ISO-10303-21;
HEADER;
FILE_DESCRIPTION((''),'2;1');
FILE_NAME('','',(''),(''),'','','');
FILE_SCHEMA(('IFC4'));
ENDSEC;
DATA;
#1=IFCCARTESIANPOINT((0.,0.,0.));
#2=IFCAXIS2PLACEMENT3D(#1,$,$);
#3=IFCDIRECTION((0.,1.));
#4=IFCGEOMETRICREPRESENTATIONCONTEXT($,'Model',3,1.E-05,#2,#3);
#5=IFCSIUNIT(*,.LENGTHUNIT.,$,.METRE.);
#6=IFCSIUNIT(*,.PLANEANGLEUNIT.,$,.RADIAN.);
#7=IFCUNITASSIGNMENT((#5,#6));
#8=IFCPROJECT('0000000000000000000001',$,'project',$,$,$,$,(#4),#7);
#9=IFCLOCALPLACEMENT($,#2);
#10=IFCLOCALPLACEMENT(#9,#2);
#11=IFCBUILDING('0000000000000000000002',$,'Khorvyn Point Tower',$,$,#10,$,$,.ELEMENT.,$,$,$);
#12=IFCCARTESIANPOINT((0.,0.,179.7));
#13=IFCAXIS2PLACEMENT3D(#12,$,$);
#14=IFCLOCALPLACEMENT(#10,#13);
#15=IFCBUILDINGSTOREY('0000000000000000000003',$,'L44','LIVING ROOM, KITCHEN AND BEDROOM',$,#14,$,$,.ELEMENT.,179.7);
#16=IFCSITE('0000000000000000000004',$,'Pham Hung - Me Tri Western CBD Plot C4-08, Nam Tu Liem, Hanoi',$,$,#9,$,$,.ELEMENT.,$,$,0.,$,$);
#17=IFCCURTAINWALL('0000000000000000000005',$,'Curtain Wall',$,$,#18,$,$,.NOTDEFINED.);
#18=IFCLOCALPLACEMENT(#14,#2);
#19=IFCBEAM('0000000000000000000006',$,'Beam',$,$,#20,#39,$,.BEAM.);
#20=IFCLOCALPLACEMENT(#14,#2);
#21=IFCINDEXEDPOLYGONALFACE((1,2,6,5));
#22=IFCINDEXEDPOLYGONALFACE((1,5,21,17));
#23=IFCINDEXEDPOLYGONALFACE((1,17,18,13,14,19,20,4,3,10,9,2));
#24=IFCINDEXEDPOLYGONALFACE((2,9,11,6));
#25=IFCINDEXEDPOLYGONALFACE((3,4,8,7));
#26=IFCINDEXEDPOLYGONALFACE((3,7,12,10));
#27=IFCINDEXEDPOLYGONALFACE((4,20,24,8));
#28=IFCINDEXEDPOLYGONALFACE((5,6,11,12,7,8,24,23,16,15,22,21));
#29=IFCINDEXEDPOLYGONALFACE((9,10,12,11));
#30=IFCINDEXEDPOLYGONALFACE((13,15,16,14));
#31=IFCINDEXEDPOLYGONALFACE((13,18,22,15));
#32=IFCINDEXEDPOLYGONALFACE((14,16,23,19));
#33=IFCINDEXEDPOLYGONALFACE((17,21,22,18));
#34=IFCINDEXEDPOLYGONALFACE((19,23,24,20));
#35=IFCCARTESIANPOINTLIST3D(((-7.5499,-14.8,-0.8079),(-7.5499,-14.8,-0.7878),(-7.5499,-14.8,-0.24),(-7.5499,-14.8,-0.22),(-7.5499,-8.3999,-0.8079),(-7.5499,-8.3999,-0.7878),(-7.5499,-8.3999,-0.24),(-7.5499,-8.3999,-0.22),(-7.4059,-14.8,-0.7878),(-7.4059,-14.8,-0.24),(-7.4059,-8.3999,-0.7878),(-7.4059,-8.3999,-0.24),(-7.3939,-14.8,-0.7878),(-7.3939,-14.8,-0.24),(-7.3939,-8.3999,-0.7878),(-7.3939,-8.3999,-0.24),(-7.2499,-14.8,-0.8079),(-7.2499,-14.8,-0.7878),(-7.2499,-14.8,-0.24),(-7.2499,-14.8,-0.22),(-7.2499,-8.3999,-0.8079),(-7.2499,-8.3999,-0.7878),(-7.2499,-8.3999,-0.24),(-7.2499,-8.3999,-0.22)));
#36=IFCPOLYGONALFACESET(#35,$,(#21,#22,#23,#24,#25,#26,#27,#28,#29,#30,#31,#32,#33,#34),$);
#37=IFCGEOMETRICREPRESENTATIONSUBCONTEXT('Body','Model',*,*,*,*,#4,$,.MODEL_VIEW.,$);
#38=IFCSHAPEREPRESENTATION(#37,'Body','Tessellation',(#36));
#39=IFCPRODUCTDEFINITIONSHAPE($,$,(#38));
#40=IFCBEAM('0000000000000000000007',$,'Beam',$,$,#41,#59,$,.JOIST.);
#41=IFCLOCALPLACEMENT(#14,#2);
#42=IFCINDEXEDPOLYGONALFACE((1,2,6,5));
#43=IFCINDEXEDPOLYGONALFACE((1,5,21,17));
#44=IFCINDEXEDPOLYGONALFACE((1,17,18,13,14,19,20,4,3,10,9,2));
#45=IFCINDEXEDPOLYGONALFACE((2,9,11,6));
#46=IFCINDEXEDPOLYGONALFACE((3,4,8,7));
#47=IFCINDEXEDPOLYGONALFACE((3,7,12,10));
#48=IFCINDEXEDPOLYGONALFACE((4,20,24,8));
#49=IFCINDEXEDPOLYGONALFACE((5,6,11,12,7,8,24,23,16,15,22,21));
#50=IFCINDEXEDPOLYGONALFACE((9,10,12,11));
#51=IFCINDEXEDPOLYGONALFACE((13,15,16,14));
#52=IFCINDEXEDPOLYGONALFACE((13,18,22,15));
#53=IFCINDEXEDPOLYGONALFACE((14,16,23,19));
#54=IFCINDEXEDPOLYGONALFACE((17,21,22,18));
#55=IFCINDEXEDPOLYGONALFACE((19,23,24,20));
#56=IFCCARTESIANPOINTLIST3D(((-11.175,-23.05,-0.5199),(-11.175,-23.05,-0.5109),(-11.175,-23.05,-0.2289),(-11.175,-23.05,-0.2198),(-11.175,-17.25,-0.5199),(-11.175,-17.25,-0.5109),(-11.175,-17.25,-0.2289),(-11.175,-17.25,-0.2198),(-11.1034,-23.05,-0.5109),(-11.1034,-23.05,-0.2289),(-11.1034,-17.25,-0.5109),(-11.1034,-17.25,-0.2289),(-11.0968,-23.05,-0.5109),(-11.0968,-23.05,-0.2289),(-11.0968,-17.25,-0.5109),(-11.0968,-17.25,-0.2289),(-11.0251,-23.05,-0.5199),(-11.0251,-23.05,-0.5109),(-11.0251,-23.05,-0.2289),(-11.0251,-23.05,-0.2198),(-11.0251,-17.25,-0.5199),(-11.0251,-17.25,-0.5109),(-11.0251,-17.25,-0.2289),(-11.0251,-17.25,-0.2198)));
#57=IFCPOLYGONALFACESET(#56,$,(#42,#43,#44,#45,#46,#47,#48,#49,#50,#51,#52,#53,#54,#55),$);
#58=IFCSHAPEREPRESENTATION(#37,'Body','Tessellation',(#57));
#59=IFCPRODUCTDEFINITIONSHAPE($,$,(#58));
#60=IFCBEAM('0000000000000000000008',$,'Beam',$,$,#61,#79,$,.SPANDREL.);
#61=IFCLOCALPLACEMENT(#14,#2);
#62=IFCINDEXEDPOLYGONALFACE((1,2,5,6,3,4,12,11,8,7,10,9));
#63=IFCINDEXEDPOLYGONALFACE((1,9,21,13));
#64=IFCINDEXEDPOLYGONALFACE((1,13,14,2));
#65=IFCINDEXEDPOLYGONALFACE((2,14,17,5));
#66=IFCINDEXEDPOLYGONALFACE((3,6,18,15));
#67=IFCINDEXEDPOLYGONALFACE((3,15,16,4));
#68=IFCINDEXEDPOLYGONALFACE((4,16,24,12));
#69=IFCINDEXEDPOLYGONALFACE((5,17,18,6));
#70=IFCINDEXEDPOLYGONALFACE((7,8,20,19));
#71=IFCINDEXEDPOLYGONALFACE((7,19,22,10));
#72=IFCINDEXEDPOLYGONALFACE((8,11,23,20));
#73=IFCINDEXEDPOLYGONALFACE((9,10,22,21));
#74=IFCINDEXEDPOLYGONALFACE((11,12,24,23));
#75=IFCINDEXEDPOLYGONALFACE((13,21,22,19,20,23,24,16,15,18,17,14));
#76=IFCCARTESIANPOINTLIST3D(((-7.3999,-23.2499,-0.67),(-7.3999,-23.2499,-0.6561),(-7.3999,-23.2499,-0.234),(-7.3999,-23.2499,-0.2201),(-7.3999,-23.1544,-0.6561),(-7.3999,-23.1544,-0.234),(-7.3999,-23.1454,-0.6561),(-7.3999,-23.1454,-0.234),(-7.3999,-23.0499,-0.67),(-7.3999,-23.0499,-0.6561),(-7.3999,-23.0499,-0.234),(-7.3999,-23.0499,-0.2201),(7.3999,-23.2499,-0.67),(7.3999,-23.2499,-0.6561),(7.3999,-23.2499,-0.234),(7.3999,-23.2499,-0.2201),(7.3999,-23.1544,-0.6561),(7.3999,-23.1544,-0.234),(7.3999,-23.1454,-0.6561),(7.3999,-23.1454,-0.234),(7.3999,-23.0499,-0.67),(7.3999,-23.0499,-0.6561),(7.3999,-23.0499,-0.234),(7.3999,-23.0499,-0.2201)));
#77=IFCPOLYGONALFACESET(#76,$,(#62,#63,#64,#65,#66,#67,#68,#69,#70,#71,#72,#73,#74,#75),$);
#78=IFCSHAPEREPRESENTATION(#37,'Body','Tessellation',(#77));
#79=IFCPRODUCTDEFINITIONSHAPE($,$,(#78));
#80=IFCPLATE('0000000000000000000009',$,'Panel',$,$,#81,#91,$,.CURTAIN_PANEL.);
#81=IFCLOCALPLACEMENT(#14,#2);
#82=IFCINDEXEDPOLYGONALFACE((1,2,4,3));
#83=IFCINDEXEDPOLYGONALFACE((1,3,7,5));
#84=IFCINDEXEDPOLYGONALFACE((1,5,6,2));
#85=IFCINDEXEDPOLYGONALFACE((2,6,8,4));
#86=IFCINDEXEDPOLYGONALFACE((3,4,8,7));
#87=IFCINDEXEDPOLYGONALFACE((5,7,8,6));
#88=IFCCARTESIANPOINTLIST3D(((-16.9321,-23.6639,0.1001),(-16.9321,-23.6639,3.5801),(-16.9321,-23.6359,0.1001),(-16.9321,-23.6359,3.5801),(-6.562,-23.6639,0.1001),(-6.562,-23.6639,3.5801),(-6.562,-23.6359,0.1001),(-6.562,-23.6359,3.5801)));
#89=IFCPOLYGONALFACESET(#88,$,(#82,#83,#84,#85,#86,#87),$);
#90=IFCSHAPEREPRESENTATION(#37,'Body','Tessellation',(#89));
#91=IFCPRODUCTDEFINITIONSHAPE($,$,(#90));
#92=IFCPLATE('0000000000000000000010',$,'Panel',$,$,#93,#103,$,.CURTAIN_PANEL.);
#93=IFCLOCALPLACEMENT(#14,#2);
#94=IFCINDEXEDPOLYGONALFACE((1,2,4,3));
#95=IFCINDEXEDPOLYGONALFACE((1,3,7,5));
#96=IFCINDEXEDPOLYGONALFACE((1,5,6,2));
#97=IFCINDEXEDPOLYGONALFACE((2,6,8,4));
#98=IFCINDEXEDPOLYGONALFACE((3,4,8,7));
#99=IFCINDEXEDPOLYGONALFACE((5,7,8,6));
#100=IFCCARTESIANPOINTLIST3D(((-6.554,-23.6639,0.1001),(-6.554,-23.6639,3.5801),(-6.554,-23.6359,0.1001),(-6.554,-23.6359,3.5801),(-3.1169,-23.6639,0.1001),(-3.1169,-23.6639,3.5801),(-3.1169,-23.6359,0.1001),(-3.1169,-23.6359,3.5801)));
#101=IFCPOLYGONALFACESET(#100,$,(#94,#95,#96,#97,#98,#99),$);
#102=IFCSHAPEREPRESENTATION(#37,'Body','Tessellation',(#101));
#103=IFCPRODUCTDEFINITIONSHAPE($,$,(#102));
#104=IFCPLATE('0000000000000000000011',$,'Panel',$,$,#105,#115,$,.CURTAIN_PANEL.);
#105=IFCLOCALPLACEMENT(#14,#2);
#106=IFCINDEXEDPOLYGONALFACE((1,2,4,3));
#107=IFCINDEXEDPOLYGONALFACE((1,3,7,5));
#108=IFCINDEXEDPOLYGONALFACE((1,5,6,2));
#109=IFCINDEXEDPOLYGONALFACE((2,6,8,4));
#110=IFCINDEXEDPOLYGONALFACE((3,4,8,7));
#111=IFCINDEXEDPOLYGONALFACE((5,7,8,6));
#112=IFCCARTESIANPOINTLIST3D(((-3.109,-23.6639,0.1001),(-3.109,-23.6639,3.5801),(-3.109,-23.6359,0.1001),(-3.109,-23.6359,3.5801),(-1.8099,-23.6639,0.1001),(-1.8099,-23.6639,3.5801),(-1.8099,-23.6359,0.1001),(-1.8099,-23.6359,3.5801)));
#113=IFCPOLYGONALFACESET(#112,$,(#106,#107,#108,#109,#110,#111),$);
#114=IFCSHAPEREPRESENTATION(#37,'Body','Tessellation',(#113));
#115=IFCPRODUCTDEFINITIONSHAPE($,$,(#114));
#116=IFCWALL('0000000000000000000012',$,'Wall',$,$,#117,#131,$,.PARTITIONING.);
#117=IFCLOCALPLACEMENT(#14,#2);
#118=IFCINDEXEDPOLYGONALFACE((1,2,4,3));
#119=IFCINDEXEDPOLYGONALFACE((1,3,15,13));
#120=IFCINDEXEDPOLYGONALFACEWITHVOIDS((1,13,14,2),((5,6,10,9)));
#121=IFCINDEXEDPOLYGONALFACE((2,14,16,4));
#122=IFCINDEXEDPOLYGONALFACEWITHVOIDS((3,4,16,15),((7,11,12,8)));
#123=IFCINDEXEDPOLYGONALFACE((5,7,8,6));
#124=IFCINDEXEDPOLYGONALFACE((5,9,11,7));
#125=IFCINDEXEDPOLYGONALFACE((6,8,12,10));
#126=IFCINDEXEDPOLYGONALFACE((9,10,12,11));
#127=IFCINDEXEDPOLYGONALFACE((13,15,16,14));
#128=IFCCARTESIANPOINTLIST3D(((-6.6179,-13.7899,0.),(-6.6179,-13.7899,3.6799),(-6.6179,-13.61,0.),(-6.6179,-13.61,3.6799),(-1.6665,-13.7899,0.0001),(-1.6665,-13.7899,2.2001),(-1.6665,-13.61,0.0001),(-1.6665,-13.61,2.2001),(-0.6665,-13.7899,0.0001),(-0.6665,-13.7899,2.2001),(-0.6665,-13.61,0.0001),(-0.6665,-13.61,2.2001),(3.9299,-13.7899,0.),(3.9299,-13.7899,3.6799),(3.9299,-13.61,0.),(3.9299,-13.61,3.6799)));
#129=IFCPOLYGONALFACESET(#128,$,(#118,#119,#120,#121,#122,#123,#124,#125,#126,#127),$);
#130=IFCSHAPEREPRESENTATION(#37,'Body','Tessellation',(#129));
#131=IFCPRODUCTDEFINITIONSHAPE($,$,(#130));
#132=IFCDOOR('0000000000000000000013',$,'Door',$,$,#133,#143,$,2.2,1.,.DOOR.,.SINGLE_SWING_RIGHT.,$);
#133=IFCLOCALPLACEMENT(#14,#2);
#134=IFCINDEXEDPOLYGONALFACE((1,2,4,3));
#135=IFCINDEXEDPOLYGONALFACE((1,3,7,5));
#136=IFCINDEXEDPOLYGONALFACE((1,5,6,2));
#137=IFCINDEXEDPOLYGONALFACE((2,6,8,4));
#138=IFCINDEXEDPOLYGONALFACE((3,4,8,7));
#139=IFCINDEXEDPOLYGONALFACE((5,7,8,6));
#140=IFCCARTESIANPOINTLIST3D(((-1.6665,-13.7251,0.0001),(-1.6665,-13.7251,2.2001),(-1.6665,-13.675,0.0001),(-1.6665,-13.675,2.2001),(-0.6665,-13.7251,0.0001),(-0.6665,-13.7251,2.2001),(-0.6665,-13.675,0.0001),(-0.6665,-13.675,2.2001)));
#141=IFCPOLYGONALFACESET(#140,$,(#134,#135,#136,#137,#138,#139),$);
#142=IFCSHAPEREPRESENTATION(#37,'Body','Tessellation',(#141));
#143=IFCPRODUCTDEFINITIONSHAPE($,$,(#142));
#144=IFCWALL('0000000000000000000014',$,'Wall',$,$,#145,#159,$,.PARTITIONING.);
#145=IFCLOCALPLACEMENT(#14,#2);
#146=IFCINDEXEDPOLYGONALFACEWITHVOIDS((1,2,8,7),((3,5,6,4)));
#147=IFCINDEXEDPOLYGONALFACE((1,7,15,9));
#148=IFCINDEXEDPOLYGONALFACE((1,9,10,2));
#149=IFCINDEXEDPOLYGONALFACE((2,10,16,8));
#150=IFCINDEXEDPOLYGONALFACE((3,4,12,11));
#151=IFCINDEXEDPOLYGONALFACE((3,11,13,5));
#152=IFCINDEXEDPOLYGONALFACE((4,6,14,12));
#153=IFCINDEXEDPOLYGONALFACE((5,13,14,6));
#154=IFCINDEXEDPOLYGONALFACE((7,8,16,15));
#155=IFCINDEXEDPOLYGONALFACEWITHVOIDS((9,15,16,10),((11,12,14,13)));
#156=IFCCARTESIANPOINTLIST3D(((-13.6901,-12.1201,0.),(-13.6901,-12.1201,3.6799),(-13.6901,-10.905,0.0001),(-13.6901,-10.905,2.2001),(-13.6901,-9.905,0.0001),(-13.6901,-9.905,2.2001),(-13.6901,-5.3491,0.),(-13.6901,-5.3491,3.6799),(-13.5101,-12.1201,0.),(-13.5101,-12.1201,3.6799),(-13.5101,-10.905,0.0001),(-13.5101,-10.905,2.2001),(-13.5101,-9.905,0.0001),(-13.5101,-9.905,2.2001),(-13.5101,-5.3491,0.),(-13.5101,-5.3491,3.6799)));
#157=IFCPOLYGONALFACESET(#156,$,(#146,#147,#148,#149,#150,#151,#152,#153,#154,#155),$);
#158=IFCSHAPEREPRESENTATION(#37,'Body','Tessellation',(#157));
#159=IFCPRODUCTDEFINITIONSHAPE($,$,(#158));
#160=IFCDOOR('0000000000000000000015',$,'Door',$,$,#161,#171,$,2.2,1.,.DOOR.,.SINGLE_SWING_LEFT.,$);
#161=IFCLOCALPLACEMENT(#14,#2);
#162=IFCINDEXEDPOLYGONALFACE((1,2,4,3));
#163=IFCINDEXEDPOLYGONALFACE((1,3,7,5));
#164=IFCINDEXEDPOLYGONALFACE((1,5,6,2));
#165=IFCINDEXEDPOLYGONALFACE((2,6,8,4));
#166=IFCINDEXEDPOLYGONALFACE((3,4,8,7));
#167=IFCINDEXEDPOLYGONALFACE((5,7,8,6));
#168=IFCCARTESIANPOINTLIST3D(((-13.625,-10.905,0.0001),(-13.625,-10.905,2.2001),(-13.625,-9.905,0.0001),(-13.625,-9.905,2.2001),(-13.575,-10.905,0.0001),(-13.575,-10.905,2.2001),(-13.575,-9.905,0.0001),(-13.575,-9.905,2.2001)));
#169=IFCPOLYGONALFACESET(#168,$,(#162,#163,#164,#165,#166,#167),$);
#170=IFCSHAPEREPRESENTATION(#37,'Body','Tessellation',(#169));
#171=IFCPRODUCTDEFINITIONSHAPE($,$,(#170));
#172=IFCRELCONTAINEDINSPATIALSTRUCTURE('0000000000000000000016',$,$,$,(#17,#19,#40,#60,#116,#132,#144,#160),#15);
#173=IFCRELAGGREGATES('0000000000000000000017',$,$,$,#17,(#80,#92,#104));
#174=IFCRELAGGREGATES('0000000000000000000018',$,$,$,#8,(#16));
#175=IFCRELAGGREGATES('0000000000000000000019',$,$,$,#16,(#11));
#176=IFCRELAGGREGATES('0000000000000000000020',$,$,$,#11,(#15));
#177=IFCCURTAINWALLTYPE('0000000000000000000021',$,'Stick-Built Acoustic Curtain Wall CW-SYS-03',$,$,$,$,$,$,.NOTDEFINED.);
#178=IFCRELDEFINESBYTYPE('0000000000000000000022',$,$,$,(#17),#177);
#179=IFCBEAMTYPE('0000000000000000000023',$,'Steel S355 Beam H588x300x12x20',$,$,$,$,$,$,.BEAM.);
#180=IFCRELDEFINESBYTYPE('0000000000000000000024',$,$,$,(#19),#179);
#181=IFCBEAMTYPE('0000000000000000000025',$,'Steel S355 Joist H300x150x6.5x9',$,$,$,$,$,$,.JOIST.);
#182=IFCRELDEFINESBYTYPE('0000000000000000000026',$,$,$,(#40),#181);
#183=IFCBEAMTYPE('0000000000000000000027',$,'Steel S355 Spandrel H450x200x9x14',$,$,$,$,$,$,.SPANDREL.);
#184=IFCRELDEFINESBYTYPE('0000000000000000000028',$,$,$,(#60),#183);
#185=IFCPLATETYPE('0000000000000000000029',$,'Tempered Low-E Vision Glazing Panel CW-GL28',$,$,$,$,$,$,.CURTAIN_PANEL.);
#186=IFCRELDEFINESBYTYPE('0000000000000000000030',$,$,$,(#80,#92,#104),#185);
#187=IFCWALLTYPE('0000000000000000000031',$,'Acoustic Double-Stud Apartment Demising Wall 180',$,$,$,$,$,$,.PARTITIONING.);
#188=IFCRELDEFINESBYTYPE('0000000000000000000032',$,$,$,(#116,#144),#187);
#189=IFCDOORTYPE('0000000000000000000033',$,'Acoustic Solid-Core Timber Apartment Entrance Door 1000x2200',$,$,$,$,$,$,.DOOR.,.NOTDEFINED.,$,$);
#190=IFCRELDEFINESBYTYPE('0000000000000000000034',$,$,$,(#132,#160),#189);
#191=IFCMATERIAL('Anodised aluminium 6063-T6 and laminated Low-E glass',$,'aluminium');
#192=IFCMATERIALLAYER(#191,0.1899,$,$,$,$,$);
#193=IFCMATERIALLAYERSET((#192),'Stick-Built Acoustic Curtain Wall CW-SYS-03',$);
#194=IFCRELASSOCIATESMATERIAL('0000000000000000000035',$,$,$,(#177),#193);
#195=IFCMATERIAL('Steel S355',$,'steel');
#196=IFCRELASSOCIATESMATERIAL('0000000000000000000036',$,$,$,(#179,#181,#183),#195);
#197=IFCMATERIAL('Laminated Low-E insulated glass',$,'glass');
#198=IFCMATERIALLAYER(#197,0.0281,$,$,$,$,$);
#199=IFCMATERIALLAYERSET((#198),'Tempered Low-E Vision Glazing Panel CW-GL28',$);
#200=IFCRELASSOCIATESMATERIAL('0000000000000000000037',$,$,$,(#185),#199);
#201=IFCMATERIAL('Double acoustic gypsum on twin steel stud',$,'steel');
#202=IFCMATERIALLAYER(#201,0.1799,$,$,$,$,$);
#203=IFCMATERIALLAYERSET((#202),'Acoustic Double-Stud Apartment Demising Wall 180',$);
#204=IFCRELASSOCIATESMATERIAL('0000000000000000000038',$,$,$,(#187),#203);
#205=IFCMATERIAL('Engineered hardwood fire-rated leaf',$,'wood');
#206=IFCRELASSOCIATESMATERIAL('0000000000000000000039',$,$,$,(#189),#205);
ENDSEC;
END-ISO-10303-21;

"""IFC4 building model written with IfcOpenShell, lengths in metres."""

from ifc_helpers import new_model, si_unit, direction, frame, frame_2d, origin, origin_2d, place, context, subcontext, project, spatial, rectangle, i_section, extrude, material, layer, layer_set, material_profile, profile_set, type_object, element, fill, aggregate, save


model = new_model("IFC4")

# Units and contexts
model_context = context("Model", 3, precision=1e-05, world=origin(), true_north=direction((0.0, 1.0)))
body_context = subcontext(model_context, "Body", "Model", "MODEL_VIEW")
ifc_project = project(units=[si_unit("LENGTHUNIT", "METRE"), si_unit("PLANEANGLEUNIT", "RADIAN")], contexts=[model_context])

# Site, building, storey
site_placement = place(None, origin())
site = spatial("IfcSite", under=ifc_project, at=site_placement, Name="Pham Hung - Me Tri Western CBD Plot C4-08, Nam Tu Liem, Hanoi", CompositionType="ELEMENT", RefElevation=0.0)
building_placement = place(site_placement, origin())
building = spatial("IfcBuilding", under=site, at=building_placement, Name="Khorvyn Point Tower", CompositionType="ELEMENT")
storey_placement = place(building_placement, frame((0.0, 0.0, 179.7)))
storey = spatial("IfcBuildingStorey", under=building, at=storey_placement, Name="L44", Description="LIVING ROOM, KITCHEN AND BEDROOM", CompositionType="ELEMENT", Elevation=179.7)

# Curtain wall
ifc_material_1 = material(Name="Anodised aluminium 6063-T6 and laminated Low-E glass", Category="aluminium")
ifc_layer_1 = layer(ifc_material_1, 0.1899)
ifc_layer_set_1 = layer_set([ifc_layer_1], Name="Stick-Built Acoustic Curtain Wall CW-SYS-03")
curtain_wall_type = type_object("IfcCurtainWallType", Name="Stick-Built Acoustic Curtain Wall CW-SYS-03", PredefinedType="NOTDEFINED", material=ifc_layer_set_1)
curtain_wall_placement = place(storey_placement, origin())
curtain_wall = element("IfcCurtainWall", 1, at=curtain_wall_placement, inside=storey, type_object=curtain_wall_type, Name="Curtain Wall", PredefinedType="NOTDEFINED")

# Beams
ifc_material_2 = material(Name="Steel S355", Category="steel")
ifc_material_profile_1 = material_profile(ifc_material_2, i_section(OverallWidth=0.3, OverallDepth=0.5879, WebThickness=0.012, FlangeThickness=0.02, at=origin_2d()))
ifc_profile_set_1 = profile_set([ifc_material_profile_1], Name="Steel S355 H588x300x12x20")
beam_type_1 = type_object("IfcBeamType", Name="Steel S355 Beam H588x300x12x20", PredefinedType="BEAM", material=ifc_profile_set_1)
beam_1_placement = place(storey_placement, frame((-7.3999, -14.8, -0.5139), z_axis=(0.0, 1.0, 0.0), x_axis=(-1.0, 0.0, 0.0)))
element("IfcBeam", 2, at=beam_1_placement, inside=storey, type_object=beam_type_1, Name="Beam", PredefinedType="BEAM", context=body_context, shape_type="SweptSolid", body=[
    extrude(i_section(OverallWidth=0.3, OverallDepth=0.5879, WebThickness=0.012, FlangeThickness=0.02, at=origin_2d()), origin(), (0.0, 0.0, 1.0), 6.4001),
])
ifc_material_profile_2 = material_profile(ifc_material_2, i_section(OverallWidth=0.1499, OverallDepth=0.3, WebThickness=0.0066, FlangeThickness=0.009, at=origin_2d()))
ifc_profile_set_2 = profile_set([ifc_material_profile_2], Name="Steel S355 H300x150x6.5x9")
beam_type_2 = type_object("IfcBeamType", Name="Steel S355 Joist H300x150x6.5x9", PredefinedType="JOIST", material=ifc_profile_set_2)
beam_2_placement = place(storey_placement, frame((-11.1001, -23.05, -0.3699), z_axis=(0.0, 1.0, 0.0), x_axis=(-1.0, 0.0, 0.0)))
element("IfcBeam", 3, at=beam_2_placement, inside=storey, type_object=beam_type_2, Name="Beam", PredefinedType="JOIST", context=body_context, shape_type="SweptSolid", body=[
    extrude(i_section(OverallWidth=0.1499, OverallDepth=0.3, WebThickness=0.0066, FlangeThickness=0.009, at=origin_2d()), origin(), (0.0, 0.0, 1.0), 5.8),
])
ifc_material_profile_3 = material_profile(ifc_material_2, i_section(OverallWidth=0.2, OverallDepth=0.45, WebThickness=0.009, FlangeThickness=0.0139, at=origin_2d()))
ifc_profile_set_3 = profile_set([ifc_material_profile_3], Name="Steel S355 H450x200x9x14")
beam_type_3 = type_object("IfcBeamType", Name="Steel S355 Spandrel H450x200x9x14", PredefinedType="SPANDREL", material=ifc_profile_set_3)
beam_3_placement = place(storey_placement, frame((-7.3999, -23.1499, -0.4451), z_axis=(1.0, 0.0, 0.0), x_axis=(0.0, 1.0, 0.0)))
element("IfcBeam", 4, at=beam_3_placement, inside=storey, type_object=beam_type_3, Name="Beam", PredefinedType="SPANDREL", context=body_context, shape_type="SweptSolid", body=[
    extrude(i_section(OverallWidth=0.2, OverallDepth=0.45, WebThickness=0.009, FlangeThickness=0.0139, at=origin_2d()), origin(), (0.0, 0.0, 1.0), 14.7998),
])

# Plates
ifc_material_3 = material(Name="Laminated Low-E insulated glass", Category="glass")
ifc_layer_2 = layer(ifc_material_3, 0.0281)
ifc_layer_set_2 = layer_set([ifc_layer_2], Name="Tempered Low-E Vision Glazing Panel CW-GL28")
plate_type = type_object("IfcPlateType", Name="Tempered Low-E Vision Glazing Panel CW-GL28", PredefinedType="CURTAIN_PANEL", material=ifc_layer_set_2)
plate_1_placement = place(storey_placement, frame((-11.7471, -23.6499, 0.1001), z_axis=(0.0, 0.0, 1.0), x_axis=(-1.0, 0.0, 0.0)))
plate_1 = element("IfcPlate", 5, at=plate_1_placement, type_object=plate_type, Name="Panel", PredefinedType="CURTAIN_PANEL", context=body_context, shape_type="SweptSolid", body=[
    extrude(rectangle(XDim=10.3701, YDim=0.0281, at=origin_2d()), origin(), (0.0, 0.0, 1.0), 3.48),
])
plate_2_placement = place(storey_placement, frame((-4.8354, -23.6499, 0.1001), z_axis=(0.0, 0.0, 1.0), x_axis=(-1.0, 0.0, 0.0)))
plate_2 = element("IfcPlate", 6, at=plate_2_placement, type_object=plate_type, Name="Panel", PredefinedType="CURTAIN_PANEL", context=body_context, shape_type="SweptSolid", body=[
    extrude(rectangle(XDim=3.437, YDim=0.0281, at=origin_2d()), origin(), (0.0, 0.0, 1.0), 3.48),
])
plate_3_placement = place(storey_placement, frame((-2.4595, -23.6499, 0.1001), z_axis=(0.0, 0.0, 1.0), x_axis=(-1.0, 0.0, 0.0)))
plate_3 = element("IfcPlate", 7, at=plate_3_placement, type_object=plate_type, Name="Panel", PredefinedType="CURTAIN_PANEL", context=body_context, shape_type="SweptSolid", body=[
    extrude(rectangle(XDim=1.2991, YDim=0.0281, at=origin_2d()), origin(), (0.0, 0.0, 1.0), 3.48),
])
aggregate(curtain_wall, [plate_1, plate_2, plate_3])

# Walls, openings, doors
ifc_material_4 = material(Name="Double acoustic gypsum on twin steel stud", Category="steel")
ifc_layer_3 = layer(ifc_material_4, 0.1799)
ifc_layer_set_3 = layer_set([ifc_layer_3], Name="Acoustic Double-Stud Apartment Demising Wall 180")
wall_type_1 = type_object("IfcWallType", Name="Acoustic Double-Stud Apartment Demising Wall 180", PredefinedType="PARTITIONING", material=ifc_layer_set_3)
wall_1_placement = place(storey_placement, frame((-6.6179, -13.7, 0.0), z_axis=(0.0, 0.0, 1.0), x_axis=(1.0, 0.0, 0.0)))
wall_1 = element("IfcWall", 8, at=wall_1_placement, inside=storey, type_object=wall_type_1, Name="Wall", PredefinedType="PARTITIONING", context=body_context, shape_type="SweptSolid", body=[
    extrude(rectangle(XDim=10.5479, YDim=0.1799, at=frame_2d((5.2739, 0.0))), origin(), (0.0, 0.0, 1.0), 3.6799),
])
opening_1_placement = place(wall_1_placement, frame((4.9514, 0.0, 0.0)))
opening_1 = element("IfcOpeningElement", 9, at=opening_1_placement, cuts=wall_1, PredefinedType="OPENING", context=body_context, shape_type="SweptSolid", body=[
    extrude(rectangle(XDim=1.0, YDim=2.2, at=frame_2d((0.5, 1.1001))), frame((0.0, 0.0999, 0.0), z_axis=(0.0, -1.0, 0.0), x_axis=(1.0, 0.0, 0.0)), (0.0, 0.0, 1.0), 0.2),
])
ifc_material_5 = material(Name="Engineered hardwood fire-rated leaf", Category="wood")
door_type_1 = type_object("IfcDoorType", Name="Acoustic Solid-Core Timber Apartment Entrance Door 1000x2200", OperationType="NOTDEFINED", PredefinedType="DOOR", material=ifc_material_5)
door_1_placement = place(opening_1_placement, origin())
door_1 = element("IfcDoor", 10, at=door_1_placement, inside=storey, type_object=door_type_1, Name="Door", OperationType="SINGLE_SWING_RIGHT", OverallHeight=2.2, OverallWidth=1.0, PredefinedType="DOOR", context=body_context, shape_type="SweptSolid", body=[
    extrude(rectangle(XDim=1.0, YDim=2.2, at=frame_2d((0.5, 1.1001))), frame((0.0, 0.0249, 0.0), z_axis=(0.0, -1.0, 0.0), x_axis=(1.0, 0.0, 0.0)), (0.0, 0.0, 1.0), 0.05),
])
fill(opening_1, door_1)
wall_2_placement = place(storey_placement, frame((-13.6001, -12.1201, 0.0), z_axis=(0.0, 0.0, 1.0), x_axis=(0.0, 1.0, 0.0)))
wall_2 = element("IfcWall", 11, at=wall_2_placement, inside=storey, type_object=wall_type_1, Name="Wall", PredefinedType="PARTITIONING", context=body_context, shape_type="SweptSolid", body=[
    extrude(rectangle(XDim=6.771, YDim=0.1799, at=frame_2d((3.3855, 0.0))), origin(), (0.0, 0.0, 1.0), 3.6799),
])
opening_2_placement = place(wall_2_placement, frame((1.2151, 0.0, 0.0)))
opening_2 = element("IfcOpeningElement", 12, at=opening_2_placement, cuts=wall_2, PredefinedType="OPENING", context=body_context, shape_type="SweptSolid", body=[
    extrude(rectangle(XDim=1.0, YDim=2.2, at=frame_2d((0.5, 1.1001))), frame((0.0, 0.0999, 0.0), z_axis=(0.0, -1.0, 0.0), x_axis=(1.0, 0.0, 0.0)), (0.0, 0.0, 1.0), 0.2),
])
door_2_placement = place(opening_2_placement, origin())
door_2 = element("IfcDoor", 13, at=door_2_placement, inside=storey, type_object=door_type_1, Name="Door", OperationType="SINGLE_SWING_LEFT", OverallHeight=2.2, OverallWidth=1.0, PredefinedType="DOOR", context=body_context, shape_type="SweptSolid", body=[
    extrude(rectangle(XDim=1.0, YDim=2.2, at=frame_2d((0.5, 1.1001))), frame((0.0, 0.0249, 0.0), z_axis=(0.0, -1.0, 0.0), x_axis=(1.0, 0.0, 0.0)), (0.0, 0.0, 1.0), 0.05),
])
fill(opening_2, door_2)

save(model, "model.ifc")
